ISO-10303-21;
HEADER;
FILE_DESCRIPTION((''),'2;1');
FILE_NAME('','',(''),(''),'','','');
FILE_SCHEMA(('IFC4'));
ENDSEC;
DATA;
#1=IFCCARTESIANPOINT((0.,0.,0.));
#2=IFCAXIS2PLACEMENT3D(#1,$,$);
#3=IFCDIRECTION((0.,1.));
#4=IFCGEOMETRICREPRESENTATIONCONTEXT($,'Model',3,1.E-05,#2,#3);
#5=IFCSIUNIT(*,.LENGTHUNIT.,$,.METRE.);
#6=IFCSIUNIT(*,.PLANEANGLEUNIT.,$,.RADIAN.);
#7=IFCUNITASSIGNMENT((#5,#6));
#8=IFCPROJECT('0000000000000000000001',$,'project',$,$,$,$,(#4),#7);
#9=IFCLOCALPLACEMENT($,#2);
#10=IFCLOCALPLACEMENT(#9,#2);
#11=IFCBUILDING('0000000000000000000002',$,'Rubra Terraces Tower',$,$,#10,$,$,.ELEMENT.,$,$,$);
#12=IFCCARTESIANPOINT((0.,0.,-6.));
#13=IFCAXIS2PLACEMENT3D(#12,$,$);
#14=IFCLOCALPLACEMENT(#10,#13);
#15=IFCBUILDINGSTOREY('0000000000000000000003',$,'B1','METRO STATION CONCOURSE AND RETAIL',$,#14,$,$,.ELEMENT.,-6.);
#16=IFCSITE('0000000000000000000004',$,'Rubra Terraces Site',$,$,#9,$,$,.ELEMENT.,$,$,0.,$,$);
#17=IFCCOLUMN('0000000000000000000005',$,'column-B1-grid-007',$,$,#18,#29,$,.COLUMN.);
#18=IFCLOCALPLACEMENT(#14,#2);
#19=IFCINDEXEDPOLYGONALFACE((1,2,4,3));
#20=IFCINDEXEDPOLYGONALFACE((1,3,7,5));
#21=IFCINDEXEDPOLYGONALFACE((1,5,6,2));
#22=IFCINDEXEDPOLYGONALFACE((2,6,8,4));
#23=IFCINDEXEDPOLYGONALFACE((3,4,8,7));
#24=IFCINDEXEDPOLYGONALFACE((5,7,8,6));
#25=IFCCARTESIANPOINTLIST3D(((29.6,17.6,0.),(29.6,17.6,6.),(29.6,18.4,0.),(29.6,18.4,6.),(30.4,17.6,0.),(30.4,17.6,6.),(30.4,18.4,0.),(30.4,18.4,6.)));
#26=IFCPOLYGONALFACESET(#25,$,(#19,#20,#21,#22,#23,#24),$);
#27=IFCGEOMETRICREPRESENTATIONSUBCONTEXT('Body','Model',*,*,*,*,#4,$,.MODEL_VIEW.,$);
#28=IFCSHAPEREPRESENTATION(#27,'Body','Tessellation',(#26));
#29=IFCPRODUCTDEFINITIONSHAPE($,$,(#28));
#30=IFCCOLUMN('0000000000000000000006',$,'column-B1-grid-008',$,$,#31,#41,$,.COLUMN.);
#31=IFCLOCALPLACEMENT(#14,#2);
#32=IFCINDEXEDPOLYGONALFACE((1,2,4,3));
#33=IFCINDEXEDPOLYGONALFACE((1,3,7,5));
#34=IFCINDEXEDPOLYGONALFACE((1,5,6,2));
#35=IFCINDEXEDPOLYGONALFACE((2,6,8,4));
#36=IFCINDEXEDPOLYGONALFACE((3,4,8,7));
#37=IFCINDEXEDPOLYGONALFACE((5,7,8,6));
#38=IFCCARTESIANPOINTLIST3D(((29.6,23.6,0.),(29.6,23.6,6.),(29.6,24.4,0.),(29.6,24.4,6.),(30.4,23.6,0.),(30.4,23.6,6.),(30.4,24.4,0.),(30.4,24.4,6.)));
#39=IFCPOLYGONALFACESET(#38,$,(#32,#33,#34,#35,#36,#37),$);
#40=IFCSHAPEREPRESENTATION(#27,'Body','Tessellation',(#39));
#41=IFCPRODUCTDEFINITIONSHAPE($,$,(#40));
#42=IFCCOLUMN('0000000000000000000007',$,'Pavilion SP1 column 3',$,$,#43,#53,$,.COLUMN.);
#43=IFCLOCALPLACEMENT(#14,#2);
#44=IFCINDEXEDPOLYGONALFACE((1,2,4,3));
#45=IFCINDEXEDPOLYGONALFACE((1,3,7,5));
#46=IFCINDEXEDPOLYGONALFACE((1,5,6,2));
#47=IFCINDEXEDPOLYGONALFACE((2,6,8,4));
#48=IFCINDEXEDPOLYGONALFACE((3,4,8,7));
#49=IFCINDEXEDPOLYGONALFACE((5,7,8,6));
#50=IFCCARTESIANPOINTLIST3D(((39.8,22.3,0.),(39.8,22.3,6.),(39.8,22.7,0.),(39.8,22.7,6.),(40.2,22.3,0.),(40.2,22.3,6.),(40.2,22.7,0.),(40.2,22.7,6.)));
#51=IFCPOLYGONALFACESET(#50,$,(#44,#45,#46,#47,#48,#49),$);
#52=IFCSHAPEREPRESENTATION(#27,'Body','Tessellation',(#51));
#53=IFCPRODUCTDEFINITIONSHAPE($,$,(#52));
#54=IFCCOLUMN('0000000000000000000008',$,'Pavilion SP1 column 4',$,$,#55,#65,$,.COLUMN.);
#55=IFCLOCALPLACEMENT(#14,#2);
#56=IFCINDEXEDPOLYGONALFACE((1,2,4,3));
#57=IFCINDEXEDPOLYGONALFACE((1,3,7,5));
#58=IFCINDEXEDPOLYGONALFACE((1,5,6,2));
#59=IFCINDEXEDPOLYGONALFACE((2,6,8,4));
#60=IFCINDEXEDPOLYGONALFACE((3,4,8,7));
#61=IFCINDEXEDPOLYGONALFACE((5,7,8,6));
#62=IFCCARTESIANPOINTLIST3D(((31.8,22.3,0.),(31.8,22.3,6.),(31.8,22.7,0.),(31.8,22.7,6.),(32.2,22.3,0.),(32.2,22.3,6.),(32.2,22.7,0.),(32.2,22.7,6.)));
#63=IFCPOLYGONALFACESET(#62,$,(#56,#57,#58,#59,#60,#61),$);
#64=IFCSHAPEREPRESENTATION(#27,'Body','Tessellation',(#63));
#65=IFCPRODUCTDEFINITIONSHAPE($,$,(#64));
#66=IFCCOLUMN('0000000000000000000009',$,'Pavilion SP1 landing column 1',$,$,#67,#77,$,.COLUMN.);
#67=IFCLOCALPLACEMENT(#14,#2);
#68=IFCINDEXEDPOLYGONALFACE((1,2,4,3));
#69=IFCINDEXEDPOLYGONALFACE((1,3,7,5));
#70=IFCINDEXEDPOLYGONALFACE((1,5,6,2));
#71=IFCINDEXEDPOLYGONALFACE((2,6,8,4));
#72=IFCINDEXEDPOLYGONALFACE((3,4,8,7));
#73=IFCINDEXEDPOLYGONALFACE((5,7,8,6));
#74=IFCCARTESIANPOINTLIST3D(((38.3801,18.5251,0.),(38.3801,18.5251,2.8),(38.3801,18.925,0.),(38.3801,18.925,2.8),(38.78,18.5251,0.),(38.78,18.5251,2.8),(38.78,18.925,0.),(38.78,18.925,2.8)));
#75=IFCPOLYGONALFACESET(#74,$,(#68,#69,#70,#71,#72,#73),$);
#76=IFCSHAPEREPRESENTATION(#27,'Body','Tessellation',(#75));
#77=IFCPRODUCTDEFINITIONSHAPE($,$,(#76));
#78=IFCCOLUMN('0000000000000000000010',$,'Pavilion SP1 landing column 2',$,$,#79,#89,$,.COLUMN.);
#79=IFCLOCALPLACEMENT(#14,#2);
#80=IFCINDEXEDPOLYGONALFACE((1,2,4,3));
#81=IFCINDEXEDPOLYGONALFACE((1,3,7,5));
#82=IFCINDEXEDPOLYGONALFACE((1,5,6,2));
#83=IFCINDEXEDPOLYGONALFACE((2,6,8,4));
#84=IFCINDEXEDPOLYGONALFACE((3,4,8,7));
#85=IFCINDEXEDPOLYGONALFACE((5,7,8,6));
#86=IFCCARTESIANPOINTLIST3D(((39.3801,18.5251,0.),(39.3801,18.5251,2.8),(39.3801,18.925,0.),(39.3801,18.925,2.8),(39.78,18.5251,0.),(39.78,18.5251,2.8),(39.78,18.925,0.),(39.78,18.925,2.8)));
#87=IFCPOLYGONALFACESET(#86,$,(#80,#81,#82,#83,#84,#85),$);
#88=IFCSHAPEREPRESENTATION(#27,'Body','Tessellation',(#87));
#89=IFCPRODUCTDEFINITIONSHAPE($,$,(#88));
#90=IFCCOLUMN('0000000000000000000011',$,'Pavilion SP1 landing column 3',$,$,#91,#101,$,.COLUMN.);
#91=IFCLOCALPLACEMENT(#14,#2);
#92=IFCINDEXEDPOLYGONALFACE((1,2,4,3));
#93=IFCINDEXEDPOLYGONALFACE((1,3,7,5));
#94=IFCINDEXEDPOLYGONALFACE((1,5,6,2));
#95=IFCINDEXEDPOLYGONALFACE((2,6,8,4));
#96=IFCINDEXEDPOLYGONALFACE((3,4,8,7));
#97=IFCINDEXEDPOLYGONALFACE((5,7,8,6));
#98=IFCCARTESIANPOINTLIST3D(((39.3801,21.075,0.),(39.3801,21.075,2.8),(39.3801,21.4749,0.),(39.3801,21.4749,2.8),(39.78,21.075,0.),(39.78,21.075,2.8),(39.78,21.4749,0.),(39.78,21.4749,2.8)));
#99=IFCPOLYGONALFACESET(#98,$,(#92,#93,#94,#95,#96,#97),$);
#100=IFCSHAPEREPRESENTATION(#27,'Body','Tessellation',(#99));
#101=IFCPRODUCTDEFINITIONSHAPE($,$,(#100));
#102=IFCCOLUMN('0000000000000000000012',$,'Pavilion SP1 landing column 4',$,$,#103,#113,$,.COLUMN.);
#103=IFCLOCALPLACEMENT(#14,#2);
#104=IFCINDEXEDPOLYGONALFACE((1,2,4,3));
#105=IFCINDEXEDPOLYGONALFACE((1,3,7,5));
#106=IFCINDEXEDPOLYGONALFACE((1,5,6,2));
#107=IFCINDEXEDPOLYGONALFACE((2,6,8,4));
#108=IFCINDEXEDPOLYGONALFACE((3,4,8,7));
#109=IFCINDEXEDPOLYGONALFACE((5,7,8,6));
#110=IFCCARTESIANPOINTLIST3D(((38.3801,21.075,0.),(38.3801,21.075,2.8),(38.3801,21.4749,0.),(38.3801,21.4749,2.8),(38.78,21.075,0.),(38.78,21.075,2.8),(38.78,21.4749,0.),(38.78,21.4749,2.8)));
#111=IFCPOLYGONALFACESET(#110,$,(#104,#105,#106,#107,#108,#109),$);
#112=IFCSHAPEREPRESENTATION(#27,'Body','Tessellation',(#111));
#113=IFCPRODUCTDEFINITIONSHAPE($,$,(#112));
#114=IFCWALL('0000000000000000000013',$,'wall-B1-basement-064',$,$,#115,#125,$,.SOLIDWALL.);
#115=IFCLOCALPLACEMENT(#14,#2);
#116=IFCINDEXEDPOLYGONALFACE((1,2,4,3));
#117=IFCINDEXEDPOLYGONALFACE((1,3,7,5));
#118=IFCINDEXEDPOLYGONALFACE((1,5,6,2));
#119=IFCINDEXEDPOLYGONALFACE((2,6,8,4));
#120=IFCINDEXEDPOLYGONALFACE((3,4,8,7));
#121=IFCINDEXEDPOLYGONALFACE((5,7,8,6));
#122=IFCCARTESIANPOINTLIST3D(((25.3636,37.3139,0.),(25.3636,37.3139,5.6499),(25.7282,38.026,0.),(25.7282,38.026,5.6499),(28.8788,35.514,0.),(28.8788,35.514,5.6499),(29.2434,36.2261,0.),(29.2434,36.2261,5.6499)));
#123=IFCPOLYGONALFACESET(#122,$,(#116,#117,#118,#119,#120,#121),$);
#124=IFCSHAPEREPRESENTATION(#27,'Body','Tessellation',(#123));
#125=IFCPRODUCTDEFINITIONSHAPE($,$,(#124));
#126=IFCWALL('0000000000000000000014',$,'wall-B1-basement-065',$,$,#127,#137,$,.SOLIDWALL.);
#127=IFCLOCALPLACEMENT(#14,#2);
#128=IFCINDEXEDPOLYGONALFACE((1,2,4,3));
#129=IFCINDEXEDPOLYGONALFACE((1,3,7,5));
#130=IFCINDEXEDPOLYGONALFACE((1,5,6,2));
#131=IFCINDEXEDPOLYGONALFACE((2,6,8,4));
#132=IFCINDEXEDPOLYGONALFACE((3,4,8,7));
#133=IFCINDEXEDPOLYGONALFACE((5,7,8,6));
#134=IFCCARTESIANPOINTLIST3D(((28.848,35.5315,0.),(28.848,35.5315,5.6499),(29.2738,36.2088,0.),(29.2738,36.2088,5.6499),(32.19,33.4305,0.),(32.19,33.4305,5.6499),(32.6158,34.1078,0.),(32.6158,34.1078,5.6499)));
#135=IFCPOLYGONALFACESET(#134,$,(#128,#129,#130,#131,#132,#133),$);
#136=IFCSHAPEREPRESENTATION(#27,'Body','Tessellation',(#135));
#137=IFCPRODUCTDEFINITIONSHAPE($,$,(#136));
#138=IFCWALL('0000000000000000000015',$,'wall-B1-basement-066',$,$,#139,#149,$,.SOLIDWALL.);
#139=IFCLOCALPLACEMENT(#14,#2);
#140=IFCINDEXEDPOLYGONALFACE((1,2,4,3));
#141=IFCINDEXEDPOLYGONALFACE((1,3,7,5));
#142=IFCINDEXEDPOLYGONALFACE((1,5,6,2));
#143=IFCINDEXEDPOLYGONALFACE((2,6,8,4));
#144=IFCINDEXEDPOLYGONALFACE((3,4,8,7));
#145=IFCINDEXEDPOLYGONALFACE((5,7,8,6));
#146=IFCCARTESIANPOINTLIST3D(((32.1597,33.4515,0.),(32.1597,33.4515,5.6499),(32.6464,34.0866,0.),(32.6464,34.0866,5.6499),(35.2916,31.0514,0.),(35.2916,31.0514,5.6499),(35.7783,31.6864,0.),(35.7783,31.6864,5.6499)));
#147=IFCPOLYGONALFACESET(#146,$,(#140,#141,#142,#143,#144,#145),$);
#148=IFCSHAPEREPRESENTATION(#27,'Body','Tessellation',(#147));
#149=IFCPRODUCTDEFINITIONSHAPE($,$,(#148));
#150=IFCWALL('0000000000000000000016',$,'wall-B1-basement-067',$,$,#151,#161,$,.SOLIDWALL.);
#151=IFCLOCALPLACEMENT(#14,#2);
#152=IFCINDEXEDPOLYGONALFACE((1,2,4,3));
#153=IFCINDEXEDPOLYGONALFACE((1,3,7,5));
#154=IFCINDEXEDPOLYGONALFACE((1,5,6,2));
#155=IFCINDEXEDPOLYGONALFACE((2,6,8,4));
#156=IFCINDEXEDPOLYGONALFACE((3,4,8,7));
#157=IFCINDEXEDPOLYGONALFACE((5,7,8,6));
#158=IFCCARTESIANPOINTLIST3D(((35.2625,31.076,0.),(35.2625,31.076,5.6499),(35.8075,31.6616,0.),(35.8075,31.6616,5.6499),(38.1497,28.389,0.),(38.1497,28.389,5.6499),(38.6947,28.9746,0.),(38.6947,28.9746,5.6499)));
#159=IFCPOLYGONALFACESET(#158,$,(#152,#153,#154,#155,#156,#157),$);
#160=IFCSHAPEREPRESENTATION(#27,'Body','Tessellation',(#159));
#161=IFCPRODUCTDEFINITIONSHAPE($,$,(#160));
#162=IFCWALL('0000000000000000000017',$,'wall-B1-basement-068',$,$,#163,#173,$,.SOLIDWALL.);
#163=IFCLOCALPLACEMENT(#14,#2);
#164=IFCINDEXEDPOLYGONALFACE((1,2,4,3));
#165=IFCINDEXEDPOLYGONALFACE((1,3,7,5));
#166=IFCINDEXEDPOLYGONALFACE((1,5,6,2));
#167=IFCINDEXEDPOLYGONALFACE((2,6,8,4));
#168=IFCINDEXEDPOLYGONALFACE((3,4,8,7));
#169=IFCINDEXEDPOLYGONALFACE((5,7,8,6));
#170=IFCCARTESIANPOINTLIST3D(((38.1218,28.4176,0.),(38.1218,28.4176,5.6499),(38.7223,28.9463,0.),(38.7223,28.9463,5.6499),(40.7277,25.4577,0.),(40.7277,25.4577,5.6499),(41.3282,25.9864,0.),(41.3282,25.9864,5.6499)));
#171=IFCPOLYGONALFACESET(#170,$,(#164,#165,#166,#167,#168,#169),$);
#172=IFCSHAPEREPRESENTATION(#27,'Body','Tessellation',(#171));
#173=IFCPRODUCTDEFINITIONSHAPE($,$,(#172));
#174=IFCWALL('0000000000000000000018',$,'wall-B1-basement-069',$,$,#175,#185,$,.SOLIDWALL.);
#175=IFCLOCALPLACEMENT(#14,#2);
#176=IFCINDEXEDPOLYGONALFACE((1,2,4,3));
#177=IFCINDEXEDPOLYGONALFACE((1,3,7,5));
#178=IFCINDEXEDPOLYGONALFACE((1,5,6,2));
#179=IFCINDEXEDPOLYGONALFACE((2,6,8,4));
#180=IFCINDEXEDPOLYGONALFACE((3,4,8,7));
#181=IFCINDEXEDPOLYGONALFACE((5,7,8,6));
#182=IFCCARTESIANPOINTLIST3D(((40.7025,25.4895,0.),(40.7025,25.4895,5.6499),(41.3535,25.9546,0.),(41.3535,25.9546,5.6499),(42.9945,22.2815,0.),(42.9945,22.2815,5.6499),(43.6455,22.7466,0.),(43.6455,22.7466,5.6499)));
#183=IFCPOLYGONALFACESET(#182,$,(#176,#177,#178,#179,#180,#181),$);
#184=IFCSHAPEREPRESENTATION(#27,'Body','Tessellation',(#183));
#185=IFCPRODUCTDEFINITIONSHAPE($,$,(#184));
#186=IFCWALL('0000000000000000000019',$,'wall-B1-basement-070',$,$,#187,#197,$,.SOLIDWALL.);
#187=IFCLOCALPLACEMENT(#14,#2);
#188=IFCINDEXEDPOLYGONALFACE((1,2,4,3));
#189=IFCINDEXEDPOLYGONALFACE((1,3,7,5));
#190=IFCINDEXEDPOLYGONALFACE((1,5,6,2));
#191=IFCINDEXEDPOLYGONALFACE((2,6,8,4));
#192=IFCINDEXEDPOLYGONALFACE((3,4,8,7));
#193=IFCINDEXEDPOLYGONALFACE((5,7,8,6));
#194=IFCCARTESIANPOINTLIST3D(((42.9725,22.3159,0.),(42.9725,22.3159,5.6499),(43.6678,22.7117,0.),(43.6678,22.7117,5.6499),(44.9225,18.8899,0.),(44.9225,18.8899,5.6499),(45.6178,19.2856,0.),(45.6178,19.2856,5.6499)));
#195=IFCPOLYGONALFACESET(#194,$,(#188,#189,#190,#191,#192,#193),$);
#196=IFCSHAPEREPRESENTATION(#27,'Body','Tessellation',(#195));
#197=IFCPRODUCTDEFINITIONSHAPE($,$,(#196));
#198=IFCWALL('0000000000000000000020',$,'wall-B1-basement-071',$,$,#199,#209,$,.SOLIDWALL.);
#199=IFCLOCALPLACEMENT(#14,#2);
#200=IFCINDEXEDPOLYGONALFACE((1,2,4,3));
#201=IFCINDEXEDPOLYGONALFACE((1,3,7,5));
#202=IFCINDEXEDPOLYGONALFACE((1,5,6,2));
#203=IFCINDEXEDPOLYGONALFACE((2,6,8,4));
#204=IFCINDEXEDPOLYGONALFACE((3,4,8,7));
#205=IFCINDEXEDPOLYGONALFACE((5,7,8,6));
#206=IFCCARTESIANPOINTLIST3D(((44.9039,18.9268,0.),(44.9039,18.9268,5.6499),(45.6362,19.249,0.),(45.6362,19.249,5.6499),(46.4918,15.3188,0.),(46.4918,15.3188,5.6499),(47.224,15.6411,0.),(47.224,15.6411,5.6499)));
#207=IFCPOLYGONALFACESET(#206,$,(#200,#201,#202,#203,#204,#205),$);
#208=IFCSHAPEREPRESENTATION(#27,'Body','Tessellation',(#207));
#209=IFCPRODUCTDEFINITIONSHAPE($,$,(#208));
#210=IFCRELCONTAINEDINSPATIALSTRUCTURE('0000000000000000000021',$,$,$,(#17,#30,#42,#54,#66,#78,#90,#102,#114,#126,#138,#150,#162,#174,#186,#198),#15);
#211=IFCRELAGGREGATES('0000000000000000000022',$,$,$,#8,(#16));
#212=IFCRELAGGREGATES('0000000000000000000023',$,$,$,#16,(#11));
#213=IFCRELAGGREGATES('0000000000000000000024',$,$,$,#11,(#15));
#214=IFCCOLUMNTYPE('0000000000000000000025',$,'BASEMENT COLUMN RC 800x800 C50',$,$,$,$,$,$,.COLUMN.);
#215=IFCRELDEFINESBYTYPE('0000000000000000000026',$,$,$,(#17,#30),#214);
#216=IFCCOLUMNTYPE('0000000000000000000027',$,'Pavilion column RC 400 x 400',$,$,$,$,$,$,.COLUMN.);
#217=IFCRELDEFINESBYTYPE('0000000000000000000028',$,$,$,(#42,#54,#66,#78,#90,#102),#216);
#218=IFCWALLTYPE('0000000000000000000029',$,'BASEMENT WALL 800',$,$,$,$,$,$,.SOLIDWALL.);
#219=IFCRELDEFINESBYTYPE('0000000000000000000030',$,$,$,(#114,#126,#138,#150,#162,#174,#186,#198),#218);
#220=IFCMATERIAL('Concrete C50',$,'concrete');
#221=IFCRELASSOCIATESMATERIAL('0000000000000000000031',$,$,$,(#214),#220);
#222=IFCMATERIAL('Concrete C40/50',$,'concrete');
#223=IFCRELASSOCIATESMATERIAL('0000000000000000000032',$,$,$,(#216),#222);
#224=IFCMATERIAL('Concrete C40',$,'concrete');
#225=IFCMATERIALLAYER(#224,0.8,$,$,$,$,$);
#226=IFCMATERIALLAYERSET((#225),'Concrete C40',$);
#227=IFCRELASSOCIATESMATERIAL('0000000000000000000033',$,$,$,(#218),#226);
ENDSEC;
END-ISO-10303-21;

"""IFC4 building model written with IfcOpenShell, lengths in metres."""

from ifc_helpers import new_model, si_unit, direction, frame, frame_2d, origin, origin_2d, place, context, subcontext, project, spatial, rectangle, extrude, material, layer, layer_set, material_profile, profile_set, type_object, element, save


model = new_model("IFC4")

# Units and contexts
model_context = context("Model", 3, precision=1e-05, world=origin(), true_north=direction((0.0, 1.0)))
body_context = subcontext(model_context, "Body", "Model", "MODEL_VIEW")
ifc_project = project(units=[si_unit("LENGTHUNIT", "METRE"), si_unit("PLANEANGLEUNIT", "RADIAN")], contexts=[model_context])

# Site, building, storey
site_placement = place(None, origin())
site = spatial("IfcSite", under=ifc_project, at=site_placement, Name="Rubra Terraces Site", CompositionType="ELEMENT", RefElevation=0.0)
building_placement = place(site_placement, origin())
building = spatial("IfcBuilding", under=site, at=building_placement, Name="Rubra Terraces Tower", CompositionType="ELEMENT")
storey_placement = place(building_placement, frame((0.0, 0.0, -6.0)))
storey = spatial("IfcBuildingStorey", under=building, at=storey_placement, Name="B1", Description="METRO STATION CONCOURSE AND RETAIL", CompositionType="ELEMENT", Elevation=-6.0)

# Columns
ifc_material_1 = material(Name="Concrete C50", Category="concrete")
ifc_material_profile_1 = material_profile(ifc_material_1, rectangle(XDim=0.8, YDim=0.8, at=origin_2d()), Name="RC 800x800")
ifc_profile_set_1 = profile_set([ifc_material_profile_1], Name="Concrete C50")
column_type_1 = type_object("IfcColumnType", Name="BASEMENT COLUMN RC 800x800 C50", PredefinedType="COLUMN", material=ifc_profile_set_1)
for number, where, z_axis, x_axis, name in (
    (1, (30.0, 18.0, 0.0), (0.0, 0.0, 1.0), (1.0, 0.0, 0.0), "column-B1-grid-007"),
    (2, (30.0, 24.0, 0.0), (0.0, 0.0, 1.0), (1.0, 0.0, 0.0), "column-B1-grid-008"),
):
    element("IfcColumn", number, at=place(storey_placement, frame(where, z_axis=z_axis, x_axis=x_axis)), inside=storey, type_object=column_type_1, Name=name, PredefinedType="COLUMN", context=body_context, shape_type="SweptSolid", body=[
        extrude(rectangle(XDim=0.8, YDim=0.8, at=origin_2d()), origin(), (0.0, 0.0, 1.0), 6.0),
    ])
ifc_material_2 = material(Name="Concrete C40/50", Category="concrete")
ifc_material_profile_2 = material_profile(ifc_material_2, rectangle(XDim=0.3999, YDim=0.3999, at=origin_2d()), Name="RC 400x400")
ifc_profile_set_2 = profile_set([ifc_material_profile_2], Name="Concrete C40/50")
column_type_2 = type_object("IfcColumnType", Name="Pavilion column RC 400 x 400", PredefinedType="COLUMN", material=ifc_profile_set_2)
for number, where, z_axis, x_axis, name in (
    (3, (40.0, 22.5, 0.0), (0.0, 0.0, 1.0), (1.0, 0.0, 0.0), "Pavilion SP1 column 3"),
    (4, (32.0, 22.5, 0.0), (0.0, 0.0, 1.0), (1.0, 0.0, 0.0), "Pavilion SP1 column 4"),
):
    element("IfcColumn", number, at=place(storey_placement, frame(where, z_axis=z_axis, x_axis=x_axis)), inside=storey, type_object=column_type_2, Name=name, PredefinedType="COLUMN", context=body_context, shape_type="SweptSolid", body=[
        extrude(rectangle(XDim=0.3999, YDim=0.3999, at=origin_2d()), origin(), (0.0, 0.0, 1.0), 6.0),
    ])
for number, where, z_axis, x_axis, name in (
    (5, (38.5801, 18.7251, 0.0), (0.0, 0.0, 1.0), (1.0, 0.0, 0.0), "Pavilion SP1 landing column 1"),
    (6, (39.5801, 18.7251, 0.0), (0.0, 0.0, 1.0), (1.0, 0.0, 0.0), "Pavilion SP1 landing column 2"),
    (7, (39.5801, 21.2749, 0.0), (0.0, 0.0, 1.0), (1.0, 0.0, 0.0), "Pavilion SP1 landing column 3"),
    (8, (38.5801, 21.2749, 0.0), (0.0, 0.0, 1.0), (1.0, 0.0, 0.0), "Pavilion SP1 landing column 4"),
):
    element("IfcColumn", number, at=place(storey_placement, frame(where, z_axis=z_axis, x_axis=x_axis)), inside=storey, type_object=column_type_2, Name=name, PredefinedType="COLUMN", context=body_context, shape_type="SweptSolid", body=[
        extrude(rectangle(XDim=0.3999, YDim=0.3999, at=origin_2d()), origin(), (0.0, 0.0, 1.0), 2.8),
    ])

# Walls
ifc_material_3 = material(Name="Concrete C40", Category="concrete")
ifc_layer_1 = layer(ifc_material_3, 0.8)
ifc_layer_set_1 = layer_set([ifc_layer_1], Name="Concrete C40")
wall_type_1 = type_object("IfcWallType", Name="BASEMENT WALL 800", PredefinedType="SOLIDWALL", material=ifc_layer_set_1)
wall_1_placement = place(storey_placement, frame((25.5459, 37.6699, 0.0), z_axis=(0.0, 0.0, 1.0), x_axis=(0.890108, -0.455749, 0.0)))
element("IfcWall", 9, at=wall_1_placement, inside=storey, type_object=wall_type_1, Name="wall-B1-basement-064", PredefinedType="SOLIDWALL", context=body_context, shape_type="SweptSolid", body=[
    extrude(rectangle(XDim=3.9492, YDim=0.8, at=frame_2d((1.9746, 0.0))), origin(), (0.0, 0.0, 1.0), 5.6499),
])
wall_2_placement = place(storey_placement, frame((29.061, 35.8701, 0.0), z_axis=(0.0, 0.0, 1.0), x_axis=(0.846595, -0.532237, 0.0)))
element("IfcWall", 10, at=wall_2_placement, inside=storey, type_object=wall_type_1, Name="wall-B1-basement-065", PredefinedType="SOLIDWALL", context=body_context, shape_type="SweptSolid", body=[
    extrude(rectangle(XDim=3.9475, YDim=0.8, at=frame_2d((1.9736, 0.0))), origin(), (0.0, 0.0, 1.0), 5.6499),
])
wall_3_placement = place(storey_placement, frame((32.4031, 33.769, 0.0), z_axis=(0.0, 0.0, 1.0), x_axis=(0.79372, -0.608283, 0.0)))
element("IfcWall", 11, at=wall_3_placement, inside=storey, type_object=wall_type_1, Name="wall-B1-basement-066", PredefinedType="SOLIDWALL", context=body_context, shape_type="SweptSolid", body=[
    extrude(rectangle(XDim=3.9458, YDim=0.8, at=frame_2d((1.9729, 0.0))), origin(), (0.0, 0.0, 1.0), 5.6499),
])
wall_4_placement = place(storey_placement, frame((35.5349, 31.3689, 0.0), z_axis=(0.0, 0.0, 1.0), x_axis=(0.73203, -0.681272, 0.0)))
element("IfcWall", 12, at=wall_4_placement, inside=storey, type_object=wall_type_1, Name="wall-B1-basement-067", PredefinedType="SOLIDWALL", context=body_context, shape_type="SweptSolid", body=[
    extrude(rectangle(XDim=3.9441, YDim=0.8, at=frame_2d((1.9722, 0.0))), origin(), (0.0, 0.0, 1.0), 5.6499),
])
wall_5_placement = place(storey_placement, frame((38.4221, 28.6819, 0.0), z_axis=(0.0, 0.0, 1.0), x_axis=(0.660798, -0.750564, 0.0)))
element("IfcWall", 13, at=wall_5_placement, inside=storey, type_object=wall_type_1, Name="wall-B1-basement-068", PredefinedType="SOLIDWALL", context=body_context, shape_type="SweptSolid", body=[
    extrude(rectangle(XDim=3.9436, YDim=0.8, at=frame_2d((1.9717, 0.0))), origin(), (0.0, 0.0, 1.0), 5.6499),
])
wall_6_placement = place(storey_placement, frame((41.0281, 25.7219, 0.0), z_axis=(0.0, 0.0, 1.0), x_axis=(0.581332, -0.813667, 0.0)))
element("IfcWall", 14, at=wall_6_placement, inside=storey, type_object=wall_type_1, Name="wall-B1-basement-069", PredefinedType="SOLIDWALL", context=body_context, shape_type="SweptSolid", body=[
    extrude(rectangle(XDim=3.9426, YDim=0.8, at=frame_2d((1.9712, 0.0))), origin(), (0.0, 0.0, 1.0), 5.6499),
])
wall_7_placement = place(storey_placement, frame((43.3201, 22.5139, 0.0), z_axis=(0.0, 0.0, 1.0), x_axis=(0.494651, -0.869092, 0.0)))
element("IfcWall", 15, at=wall_7_placement, inside=storey, type_object=wall_type_1, Name="wall-B1-basement-070", PredefinedType="SOLIDWALL", context=body_context, shape_type="SweptSolid", body=[
    extrude(rectangle(XDim=3.9421, YDim=0.8, at=frame_2d((1.9712, 0.0))), origin(), (0.0, 0.0, 1.0), 5.6499),
])
wall_8_placement = place(storey_placement, frame((45.27, 19.0879, 0.0), z_axis=(0.0, 0.0, 1.0), x_axis=(0.402826, -0.915277, 0.0)))
element("IfcWall", 16, at=wall_8_placement, inside=storey, type_object=wall_type_1, Name="wall-B1-basement-071", PredefinedType="SOLIDWALL", context=body_context, shape_type="SweptSolid", body=[
    extrude(rectangle(XDim=3.9419, YDim=0.8, at=frame_2d((1.9709, 0.0))), origin(), (0.0, 0.0, 1.0), 5.6499),
])

save(model, "model.ifc")
